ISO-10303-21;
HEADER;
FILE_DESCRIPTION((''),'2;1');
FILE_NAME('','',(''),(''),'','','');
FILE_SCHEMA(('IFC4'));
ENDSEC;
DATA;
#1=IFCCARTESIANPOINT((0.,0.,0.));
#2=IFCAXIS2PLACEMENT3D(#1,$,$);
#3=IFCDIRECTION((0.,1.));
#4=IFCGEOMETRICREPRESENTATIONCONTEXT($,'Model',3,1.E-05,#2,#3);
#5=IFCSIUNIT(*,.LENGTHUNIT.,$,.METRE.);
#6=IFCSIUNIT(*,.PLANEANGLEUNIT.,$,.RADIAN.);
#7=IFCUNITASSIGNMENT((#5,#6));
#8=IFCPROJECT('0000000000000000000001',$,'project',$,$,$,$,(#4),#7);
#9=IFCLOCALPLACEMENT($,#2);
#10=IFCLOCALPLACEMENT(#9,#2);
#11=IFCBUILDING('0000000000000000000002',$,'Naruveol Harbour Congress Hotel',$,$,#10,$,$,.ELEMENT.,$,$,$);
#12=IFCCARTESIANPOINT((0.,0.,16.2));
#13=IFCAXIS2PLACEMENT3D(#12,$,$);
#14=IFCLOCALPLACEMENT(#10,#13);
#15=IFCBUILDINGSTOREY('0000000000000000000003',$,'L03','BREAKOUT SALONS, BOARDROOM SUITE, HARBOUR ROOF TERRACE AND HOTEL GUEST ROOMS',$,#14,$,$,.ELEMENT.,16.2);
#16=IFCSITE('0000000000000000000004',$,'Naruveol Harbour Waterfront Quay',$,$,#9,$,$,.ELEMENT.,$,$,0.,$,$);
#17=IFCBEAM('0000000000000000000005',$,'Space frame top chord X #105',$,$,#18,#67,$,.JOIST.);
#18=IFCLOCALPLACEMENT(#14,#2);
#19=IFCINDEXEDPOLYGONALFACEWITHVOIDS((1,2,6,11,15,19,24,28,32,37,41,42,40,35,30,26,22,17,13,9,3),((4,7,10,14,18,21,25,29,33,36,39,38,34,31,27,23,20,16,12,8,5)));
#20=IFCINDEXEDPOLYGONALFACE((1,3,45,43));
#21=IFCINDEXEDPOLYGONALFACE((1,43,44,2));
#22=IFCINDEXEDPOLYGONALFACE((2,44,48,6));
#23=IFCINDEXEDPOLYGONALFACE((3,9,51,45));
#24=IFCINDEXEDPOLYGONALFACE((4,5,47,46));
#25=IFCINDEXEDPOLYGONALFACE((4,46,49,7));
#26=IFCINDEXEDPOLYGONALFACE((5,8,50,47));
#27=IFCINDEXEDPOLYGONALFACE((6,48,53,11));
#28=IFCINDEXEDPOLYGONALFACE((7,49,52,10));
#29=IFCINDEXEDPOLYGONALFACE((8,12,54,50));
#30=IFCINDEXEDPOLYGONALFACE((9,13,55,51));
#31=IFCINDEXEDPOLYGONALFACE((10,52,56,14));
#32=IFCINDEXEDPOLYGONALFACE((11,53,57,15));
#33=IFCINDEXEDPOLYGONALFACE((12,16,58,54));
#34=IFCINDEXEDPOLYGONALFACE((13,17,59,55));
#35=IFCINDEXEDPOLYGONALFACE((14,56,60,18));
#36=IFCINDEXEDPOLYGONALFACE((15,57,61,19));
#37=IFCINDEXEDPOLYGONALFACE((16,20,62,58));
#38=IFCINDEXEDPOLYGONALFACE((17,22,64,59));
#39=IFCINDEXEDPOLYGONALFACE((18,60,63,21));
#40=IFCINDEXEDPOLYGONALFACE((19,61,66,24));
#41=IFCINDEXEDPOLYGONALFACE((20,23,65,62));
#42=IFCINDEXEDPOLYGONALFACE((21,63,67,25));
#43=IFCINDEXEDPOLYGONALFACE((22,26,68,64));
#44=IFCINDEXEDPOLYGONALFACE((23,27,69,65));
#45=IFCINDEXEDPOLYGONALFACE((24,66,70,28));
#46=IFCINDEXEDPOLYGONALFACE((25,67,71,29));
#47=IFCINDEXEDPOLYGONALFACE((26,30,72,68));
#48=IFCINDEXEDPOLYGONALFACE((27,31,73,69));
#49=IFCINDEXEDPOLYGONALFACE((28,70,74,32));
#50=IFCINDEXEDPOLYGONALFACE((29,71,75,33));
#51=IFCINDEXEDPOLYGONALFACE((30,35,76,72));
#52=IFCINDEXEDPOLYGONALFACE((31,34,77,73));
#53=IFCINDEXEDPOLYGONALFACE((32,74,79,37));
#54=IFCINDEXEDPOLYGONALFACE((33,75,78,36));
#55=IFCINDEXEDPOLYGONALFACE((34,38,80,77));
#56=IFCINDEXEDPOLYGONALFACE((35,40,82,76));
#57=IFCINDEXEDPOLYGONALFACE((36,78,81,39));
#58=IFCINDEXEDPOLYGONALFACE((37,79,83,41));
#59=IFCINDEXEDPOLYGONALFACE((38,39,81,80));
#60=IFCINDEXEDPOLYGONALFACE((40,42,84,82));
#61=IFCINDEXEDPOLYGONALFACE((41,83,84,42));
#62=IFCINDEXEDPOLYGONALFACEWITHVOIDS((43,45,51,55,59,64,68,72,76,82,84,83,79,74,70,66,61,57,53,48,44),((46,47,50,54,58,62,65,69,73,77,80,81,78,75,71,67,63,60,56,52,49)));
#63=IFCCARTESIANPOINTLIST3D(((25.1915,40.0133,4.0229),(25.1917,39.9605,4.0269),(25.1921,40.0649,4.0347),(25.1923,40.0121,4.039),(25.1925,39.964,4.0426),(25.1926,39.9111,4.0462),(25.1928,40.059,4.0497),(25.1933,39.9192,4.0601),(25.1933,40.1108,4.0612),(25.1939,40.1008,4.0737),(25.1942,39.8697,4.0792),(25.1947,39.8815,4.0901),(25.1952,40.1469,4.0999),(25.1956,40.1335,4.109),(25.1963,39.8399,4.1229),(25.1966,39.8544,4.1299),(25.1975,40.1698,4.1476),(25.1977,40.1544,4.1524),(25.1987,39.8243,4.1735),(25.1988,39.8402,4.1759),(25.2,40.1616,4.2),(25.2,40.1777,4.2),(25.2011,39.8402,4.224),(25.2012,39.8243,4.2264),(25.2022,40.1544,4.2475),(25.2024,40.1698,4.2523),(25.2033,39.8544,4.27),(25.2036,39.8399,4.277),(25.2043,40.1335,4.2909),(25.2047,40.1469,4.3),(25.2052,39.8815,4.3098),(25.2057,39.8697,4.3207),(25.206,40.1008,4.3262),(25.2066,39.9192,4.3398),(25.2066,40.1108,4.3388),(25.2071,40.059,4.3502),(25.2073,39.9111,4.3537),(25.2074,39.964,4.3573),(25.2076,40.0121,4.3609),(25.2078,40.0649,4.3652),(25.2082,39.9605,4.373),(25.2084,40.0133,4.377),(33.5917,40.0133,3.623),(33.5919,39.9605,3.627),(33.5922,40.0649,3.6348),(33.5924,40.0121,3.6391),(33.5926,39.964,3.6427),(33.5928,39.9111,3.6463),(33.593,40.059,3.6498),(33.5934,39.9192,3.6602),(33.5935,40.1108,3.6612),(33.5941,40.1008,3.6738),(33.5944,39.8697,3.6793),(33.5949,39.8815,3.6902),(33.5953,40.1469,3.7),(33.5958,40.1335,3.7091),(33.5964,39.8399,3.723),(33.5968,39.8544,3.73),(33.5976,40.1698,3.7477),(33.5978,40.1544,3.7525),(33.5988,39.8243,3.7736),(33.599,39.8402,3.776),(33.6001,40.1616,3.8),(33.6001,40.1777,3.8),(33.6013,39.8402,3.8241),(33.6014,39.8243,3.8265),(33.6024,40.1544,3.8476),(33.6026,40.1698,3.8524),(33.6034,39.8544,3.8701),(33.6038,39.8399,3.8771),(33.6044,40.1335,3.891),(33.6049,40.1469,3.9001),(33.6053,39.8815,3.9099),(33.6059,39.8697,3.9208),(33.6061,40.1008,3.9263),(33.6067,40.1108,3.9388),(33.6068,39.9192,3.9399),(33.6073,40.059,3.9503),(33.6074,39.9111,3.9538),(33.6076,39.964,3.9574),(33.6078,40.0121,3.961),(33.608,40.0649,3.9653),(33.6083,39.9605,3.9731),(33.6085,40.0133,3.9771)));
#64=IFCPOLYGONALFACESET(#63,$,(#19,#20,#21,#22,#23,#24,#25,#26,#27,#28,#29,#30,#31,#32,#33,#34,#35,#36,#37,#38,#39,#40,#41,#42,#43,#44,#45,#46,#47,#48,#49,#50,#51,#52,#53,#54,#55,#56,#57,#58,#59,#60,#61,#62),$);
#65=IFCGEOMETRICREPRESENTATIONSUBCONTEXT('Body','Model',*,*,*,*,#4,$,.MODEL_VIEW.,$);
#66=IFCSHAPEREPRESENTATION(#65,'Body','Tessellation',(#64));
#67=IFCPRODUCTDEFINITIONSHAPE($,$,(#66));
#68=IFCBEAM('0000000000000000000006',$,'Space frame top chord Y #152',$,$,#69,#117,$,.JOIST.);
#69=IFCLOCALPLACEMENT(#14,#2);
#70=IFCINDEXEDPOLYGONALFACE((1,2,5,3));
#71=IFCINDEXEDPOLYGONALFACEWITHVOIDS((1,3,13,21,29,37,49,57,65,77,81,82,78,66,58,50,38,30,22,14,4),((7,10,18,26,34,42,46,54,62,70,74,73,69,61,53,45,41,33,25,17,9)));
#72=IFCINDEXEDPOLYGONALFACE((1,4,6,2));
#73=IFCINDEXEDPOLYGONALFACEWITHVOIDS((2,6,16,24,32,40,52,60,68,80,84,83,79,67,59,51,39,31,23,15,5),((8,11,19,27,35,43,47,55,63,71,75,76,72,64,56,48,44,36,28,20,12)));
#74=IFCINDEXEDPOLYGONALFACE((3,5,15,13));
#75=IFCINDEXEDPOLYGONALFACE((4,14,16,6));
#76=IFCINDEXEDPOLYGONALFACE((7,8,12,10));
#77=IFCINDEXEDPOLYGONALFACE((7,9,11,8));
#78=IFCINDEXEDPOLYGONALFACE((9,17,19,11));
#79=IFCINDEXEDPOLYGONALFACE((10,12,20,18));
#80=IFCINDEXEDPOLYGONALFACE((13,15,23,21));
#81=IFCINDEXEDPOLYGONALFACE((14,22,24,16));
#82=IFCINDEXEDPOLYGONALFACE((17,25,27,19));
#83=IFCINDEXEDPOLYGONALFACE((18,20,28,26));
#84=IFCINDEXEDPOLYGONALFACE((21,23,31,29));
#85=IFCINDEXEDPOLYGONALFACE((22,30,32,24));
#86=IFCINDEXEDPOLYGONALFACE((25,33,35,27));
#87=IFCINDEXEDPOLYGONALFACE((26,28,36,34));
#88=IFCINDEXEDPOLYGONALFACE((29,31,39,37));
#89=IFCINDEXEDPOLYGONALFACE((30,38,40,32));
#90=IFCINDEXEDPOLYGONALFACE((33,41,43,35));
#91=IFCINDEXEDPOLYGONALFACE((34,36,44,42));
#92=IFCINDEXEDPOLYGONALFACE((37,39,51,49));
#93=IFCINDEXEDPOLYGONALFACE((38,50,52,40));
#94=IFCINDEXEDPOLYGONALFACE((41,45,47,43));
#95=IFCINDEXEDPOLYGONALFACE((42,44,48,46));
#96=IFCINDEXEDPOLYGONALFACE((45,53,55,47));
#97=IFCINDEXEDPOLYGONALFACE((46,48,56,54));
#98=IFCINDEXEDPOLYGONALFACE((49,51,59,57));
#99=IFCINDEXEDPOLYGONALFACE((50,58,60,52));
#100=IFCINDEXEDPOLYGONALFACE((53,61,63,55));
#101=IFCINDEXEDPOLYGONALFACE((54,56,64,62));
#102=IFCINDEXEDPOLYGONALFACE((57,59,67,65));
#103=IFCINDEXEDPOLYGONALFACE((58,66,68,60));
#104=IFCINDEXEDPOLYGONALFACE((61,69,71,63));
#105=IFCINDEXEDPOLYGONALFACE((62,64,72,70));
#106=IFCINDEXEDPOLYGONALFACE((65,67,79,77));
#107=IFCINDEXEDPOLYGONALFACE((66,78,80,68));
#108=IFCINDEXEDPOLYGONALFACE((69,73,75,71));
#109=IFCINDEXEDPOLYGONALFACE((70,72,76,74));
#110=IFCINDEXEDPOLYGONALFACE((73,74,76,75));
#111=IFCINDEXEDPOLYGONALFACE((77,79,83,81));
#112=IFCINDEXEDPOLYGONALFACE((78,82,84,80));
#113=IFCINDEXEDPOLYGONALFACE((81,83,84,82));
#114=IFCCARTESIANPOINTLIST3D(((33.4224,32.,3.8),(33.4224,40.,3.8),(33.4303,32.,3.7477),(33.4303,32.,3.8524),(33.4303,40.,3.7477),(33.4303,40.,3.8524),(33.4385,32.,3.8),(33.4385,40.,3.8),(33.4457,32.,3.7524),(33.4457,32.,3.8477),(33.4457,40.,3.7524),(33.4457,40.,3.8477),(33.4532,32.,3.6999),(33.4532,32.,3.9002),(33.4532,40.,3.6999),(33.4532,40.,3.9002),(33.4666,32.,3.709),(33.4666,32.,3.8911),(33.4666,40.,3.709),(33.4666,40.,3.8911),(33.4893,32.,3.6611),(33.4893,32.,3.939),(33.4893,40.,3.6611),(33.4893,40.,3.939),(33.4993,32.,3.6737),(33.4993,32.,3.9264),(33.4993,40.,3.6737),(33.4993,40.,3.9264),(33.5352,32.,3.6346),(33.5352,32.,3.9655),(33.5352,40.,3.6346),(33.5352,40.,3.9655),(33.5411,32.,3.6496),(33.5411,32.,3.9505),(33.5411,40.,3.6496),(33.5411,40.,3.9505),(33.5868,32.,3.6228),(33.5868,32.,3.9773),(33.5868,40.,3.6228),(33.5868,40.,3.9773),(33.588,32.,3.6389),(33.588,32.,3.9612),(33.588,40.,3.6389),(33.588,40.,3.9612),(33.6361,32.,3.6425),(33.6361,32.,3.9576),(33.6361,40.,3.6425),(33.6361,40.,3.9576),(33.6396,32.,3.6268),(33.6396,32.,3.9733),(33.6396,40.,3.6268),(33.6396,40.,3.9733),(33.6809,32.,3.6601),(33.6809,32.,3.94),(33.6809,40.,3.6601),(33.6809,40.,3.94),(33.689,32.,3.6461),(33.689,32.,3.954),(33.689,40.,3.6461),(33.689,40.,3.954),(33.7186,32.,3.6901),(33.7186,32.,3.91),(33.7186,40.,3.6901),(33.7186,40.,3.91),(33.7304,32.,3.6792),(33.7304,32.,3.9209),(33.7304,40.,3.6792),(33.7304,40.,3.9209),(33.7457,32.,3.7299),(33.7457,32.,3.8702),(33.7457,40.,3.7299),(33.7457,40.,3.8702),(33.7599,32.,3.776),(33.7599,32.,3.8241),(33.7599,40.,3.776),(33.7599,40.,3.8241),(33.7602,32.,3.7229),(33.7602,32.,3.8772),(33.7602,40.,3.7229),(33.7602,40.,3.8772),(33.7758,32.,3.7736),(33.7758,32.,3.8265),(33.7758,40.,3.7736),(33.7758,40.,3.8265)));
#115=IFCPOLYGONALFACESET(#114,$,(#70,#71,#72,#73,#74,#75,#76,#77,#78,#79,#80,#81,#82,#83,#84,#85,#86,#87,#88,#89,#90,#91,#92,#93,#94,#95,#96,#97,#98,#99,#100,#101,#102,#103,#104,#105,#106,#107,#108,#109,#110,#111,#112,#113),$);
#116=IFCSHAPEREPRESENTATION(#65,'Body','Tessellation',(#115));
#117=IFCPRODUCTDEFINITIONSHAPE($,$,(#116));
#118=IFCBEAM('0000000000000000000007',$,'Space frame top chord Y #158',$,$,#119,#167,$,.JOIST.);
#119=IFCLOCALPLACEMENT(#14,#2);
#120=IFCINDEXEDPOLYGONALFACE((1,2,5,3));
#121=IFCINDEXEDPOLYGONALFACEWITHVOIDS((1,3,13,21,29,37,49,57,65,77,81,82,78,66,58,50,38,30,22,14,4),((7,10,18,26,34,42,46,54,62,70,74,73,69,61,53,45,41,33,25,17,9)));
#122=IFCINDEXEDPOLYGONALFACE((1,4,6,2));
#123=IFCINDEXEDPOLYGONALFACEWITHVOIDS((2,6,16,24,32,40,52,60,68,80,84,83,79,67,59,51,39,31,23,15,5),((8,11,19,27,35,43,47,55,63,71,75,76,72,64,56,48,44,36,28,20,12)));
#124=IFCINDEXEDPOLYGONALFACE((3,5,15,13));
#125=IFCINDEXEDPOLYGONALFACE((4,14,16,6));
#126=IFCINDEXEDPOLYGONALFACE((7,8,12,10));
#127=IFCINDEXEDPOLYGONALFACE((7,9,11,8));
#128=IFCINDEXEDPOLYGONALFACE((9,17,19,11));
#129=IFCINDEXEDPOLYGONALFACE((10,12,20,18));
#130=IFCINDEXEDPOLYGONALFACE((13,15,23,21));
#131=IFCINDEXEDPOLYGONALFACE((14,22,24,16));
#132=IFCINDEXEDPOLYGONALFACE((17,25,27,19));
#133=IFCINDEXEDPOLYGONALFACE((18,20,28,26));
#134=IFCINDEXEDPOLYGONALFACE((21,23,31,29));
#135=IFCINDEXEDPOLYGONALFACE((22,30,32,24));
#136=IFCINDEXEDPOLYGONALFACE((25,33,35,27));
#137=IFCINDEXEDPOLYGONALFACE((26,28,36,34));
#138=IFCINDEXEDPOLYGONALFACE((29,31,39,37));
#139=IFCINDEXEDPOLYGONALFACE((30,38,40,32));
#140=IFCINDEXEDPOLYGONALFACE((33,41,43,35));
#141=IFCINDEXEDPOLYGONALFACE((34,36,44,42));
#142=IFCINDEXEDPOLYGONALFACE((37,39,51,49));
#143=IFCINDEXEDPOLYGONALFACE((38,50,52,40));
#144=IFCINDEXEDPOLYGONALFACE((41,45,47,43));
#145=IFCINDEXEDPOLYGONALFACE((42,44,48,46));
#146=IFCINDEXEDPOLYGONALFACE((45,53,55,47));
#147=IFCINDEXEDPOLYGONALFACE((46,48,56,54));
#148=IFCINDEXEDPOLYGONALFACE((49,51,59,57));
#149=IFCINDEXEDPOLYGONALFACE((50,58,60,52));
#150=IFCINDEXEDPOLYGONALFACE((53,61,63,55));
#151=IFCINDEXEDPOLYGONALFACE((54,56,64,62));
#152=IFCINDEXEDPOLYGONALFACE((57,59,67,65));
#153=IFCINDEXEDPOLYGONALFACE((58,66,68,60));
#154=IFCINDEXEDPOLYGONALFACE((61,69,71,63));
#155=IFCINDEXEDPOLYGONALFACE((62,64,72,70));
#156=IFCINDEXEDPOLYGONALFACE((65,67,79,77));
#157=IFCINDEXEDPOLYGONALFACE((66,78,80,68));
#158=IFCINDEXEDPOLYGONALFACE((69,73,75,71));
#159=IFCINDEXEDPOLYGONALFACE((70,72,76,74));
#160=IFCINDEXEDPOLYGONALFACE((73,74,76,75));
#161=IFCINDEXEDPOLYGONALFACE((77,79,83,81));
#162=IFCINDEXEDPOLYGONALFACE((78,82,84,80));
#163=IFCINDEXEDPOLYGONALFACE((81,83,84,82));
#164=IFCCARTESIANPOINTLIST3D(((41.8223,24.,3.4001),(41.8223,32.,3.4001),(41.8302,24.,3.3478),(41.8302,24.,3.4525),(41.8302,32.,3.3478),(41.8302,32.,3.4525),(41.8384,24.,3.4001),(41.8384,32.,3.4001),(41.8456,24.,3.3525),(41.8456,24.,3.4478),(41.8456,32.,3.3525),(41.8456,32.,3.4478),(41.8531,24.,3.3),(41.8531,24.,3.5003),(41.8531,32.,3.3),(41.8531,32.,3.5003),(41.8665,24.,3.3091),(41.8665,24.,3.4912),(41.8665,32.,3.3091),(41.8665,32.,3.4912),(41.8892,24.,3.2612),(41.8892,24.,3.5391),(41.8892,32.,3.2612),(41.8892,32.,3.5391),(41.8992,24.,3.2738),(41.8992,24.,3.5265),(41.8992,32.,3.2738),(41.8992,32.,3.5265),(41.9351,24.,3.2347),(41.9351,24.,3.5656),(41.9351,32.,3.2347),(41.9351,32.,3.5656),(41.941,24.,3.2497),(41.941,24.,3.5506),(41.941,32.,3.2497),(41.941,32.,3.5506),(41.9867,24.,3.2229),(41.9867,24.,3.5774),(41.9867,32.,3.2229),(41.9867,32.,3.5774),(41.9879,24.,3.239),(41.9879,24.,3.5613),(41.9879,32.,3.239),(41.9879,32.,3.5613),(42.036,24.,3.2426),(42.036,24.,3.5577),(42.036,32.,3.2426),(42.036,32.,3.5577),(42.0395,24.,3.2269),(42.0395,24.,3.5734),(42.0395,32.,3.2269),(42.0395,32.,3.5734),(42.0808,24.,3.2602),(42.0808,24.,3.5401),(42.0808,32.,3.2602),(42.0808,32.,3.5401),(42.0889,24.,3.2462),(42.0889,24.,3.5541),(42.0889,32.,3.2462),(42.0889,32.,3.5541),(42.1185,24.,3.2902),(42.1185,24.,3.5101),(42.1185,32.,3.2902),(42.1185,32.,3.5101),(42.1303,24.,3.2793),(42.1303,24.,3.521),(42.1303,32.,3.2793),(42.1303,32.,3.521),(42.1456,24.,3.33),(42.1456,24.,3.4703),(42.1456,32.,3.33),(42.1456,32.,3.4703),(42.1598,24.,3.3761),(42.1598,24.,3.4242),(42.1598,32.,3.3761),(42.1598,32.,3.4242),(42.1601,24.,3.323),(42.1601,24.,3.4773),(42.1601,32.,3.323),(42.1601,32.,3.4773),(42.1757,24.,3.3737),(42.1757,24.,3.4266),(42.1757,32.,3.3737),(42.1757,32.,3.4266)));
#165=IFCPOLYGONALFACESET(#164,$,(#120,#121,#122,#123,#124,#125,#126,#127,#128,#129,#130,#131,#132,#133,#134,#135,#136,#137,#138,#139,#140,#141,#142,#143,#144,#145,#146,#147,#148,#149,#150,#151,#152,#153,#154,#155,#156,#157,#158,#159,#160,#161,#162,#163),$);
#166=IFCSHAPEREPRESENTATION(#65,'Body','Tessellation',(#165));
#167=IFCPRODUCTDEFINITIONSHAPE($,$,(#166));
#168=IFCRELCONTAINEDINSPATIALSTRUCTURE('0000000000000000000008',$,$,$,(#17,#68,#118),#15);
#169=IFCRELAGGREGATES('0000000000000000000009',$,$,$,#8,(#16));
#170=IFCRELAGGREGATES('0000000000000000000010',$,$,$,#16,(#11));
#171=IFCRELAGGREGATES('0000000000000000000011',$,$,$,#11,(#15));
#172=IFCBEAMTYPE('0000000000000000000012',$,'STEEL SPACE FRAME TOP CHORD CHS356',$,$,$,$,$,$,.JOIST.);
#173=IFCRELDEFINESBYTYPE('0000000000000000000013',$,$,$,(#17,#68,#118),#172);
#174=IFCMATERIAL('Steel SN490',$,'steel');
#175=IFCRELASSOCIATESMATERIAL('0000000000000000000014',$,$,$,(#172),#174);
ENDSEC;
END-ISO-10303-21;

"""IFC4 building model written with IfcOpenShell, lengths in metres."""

from ifc_helpers import new_model, si_unit, direction, frame, origin, origin_2d, place, context, subcontext, project, spatial, hollow_circle, extrude, material, material_profile, profile_set, type_object, element, save


model = new_model("IFC4")

# Units and contexts
model_context = context("Model", 3, precision=1e-05, world=origin(), true_north=direction((0.0, 1.0)))
body_context = subcontext(model_context, "Body", "Model", "MODEL_VIEW")
ifc_project = project(units=[si_unit("LENGTHUNIT", "METRE"), si_unit("PLANEANGLEUNIT", "RADIAN")], contexts=[model_context])

# Site, building, storey
site_placement = place(None, origin())
site = spatial("IfcSite", under=ifc_project, at=site_placement, Name="Naruveol Harbour Waterfront Quay", CompositionType="ELEMENT", RefElevation=0.0)
building_placement = place(site_placement, origin())
building = spatial("IfcBuilding", under=site, at=building_placement, Name="Naruveol Harbour Congress Hotel", CompositionType="ELEMENT")
storey_placement = place(building_placement, frame((0.0, 0.0, 16.2)))
storey = spatial("IfcBuildingStorey", under=building, at=storey_placement, Name="L03", Description="BREAKOUT SALONS, BOARDROOM SUITE, HARBOUR ROOF TERRACE AND HOTEL GUEST ROOMS", CompositionType="ELEMENT", Elevation=16.2)

# Beams
ifc_material_1 = material(Name="Steel SN490", Category="steel")
ifc_material_profile_1 = material_profile(ifc_material_1, hollow_circle(Radius=0.1777, WallThickness=0.0161, at=origin_2d()), Name="CHS-355.6x16")
ifc_profile_set_1 = profile_set([ifc_material_profile_1], Name="Steel SN490")
beam_type_1 = type_object("IfcBeamType", Name="STEEL SPACE FRAME TOP CHORD CHS356", PredefinedType="JOIST", material=ifc_profile_set_1)
beam_1_placement = place(storey_placement, frame((25.2, 40.0, 4.2), z_axis=(0.998869, 0.0, -0.047553), x_axis=(0.0, 1.0, 0.0)))
element("IfcBeam", 1, at=beam_1_placement, inside=storey, type_object=beam_type_1, Name="Space frame top chord X #105", PredefinedType="JOIST", context=body_context, shape_type="SweptSolid", body=[
    extrude(hollow_circle(Radius=0.1777, WallThickness=0.0161, at=origin_2d()), origin(), (0.0, 0.0, 1.0), 8.4097),
])
for number, where, z_axis, x_axis, name in (
    (2, (33.6001, 32.0, 3.8), (0.0, 1.0, 0.0), (-1.0, 0.0, 0.0), "Space frame top chord Y #152"),
    (3, (42.0, 24.0, 3.4001), (0.0, 1.0, 0.0), (-1.0, 0.0, 0.0), "Space frame top chord Y #158"),
):
    element("IfcBeam", number, at=place(storey_placement, frame(where, z_axis=z_axis, x_axis=x_axis)), inside=storey, type_object=beam_type_1, Name=name, PredefinedType="JOIST", context=body_context, shape_type="SweptSolid", body=[
        extrude(hollow_circle(Radius=0.1777, WallThickness=0.0161, at=origin_2d()), origin(), (0.0, 0.0, 1.0), 8.0),
    ])

save(model, "model.ifc")
